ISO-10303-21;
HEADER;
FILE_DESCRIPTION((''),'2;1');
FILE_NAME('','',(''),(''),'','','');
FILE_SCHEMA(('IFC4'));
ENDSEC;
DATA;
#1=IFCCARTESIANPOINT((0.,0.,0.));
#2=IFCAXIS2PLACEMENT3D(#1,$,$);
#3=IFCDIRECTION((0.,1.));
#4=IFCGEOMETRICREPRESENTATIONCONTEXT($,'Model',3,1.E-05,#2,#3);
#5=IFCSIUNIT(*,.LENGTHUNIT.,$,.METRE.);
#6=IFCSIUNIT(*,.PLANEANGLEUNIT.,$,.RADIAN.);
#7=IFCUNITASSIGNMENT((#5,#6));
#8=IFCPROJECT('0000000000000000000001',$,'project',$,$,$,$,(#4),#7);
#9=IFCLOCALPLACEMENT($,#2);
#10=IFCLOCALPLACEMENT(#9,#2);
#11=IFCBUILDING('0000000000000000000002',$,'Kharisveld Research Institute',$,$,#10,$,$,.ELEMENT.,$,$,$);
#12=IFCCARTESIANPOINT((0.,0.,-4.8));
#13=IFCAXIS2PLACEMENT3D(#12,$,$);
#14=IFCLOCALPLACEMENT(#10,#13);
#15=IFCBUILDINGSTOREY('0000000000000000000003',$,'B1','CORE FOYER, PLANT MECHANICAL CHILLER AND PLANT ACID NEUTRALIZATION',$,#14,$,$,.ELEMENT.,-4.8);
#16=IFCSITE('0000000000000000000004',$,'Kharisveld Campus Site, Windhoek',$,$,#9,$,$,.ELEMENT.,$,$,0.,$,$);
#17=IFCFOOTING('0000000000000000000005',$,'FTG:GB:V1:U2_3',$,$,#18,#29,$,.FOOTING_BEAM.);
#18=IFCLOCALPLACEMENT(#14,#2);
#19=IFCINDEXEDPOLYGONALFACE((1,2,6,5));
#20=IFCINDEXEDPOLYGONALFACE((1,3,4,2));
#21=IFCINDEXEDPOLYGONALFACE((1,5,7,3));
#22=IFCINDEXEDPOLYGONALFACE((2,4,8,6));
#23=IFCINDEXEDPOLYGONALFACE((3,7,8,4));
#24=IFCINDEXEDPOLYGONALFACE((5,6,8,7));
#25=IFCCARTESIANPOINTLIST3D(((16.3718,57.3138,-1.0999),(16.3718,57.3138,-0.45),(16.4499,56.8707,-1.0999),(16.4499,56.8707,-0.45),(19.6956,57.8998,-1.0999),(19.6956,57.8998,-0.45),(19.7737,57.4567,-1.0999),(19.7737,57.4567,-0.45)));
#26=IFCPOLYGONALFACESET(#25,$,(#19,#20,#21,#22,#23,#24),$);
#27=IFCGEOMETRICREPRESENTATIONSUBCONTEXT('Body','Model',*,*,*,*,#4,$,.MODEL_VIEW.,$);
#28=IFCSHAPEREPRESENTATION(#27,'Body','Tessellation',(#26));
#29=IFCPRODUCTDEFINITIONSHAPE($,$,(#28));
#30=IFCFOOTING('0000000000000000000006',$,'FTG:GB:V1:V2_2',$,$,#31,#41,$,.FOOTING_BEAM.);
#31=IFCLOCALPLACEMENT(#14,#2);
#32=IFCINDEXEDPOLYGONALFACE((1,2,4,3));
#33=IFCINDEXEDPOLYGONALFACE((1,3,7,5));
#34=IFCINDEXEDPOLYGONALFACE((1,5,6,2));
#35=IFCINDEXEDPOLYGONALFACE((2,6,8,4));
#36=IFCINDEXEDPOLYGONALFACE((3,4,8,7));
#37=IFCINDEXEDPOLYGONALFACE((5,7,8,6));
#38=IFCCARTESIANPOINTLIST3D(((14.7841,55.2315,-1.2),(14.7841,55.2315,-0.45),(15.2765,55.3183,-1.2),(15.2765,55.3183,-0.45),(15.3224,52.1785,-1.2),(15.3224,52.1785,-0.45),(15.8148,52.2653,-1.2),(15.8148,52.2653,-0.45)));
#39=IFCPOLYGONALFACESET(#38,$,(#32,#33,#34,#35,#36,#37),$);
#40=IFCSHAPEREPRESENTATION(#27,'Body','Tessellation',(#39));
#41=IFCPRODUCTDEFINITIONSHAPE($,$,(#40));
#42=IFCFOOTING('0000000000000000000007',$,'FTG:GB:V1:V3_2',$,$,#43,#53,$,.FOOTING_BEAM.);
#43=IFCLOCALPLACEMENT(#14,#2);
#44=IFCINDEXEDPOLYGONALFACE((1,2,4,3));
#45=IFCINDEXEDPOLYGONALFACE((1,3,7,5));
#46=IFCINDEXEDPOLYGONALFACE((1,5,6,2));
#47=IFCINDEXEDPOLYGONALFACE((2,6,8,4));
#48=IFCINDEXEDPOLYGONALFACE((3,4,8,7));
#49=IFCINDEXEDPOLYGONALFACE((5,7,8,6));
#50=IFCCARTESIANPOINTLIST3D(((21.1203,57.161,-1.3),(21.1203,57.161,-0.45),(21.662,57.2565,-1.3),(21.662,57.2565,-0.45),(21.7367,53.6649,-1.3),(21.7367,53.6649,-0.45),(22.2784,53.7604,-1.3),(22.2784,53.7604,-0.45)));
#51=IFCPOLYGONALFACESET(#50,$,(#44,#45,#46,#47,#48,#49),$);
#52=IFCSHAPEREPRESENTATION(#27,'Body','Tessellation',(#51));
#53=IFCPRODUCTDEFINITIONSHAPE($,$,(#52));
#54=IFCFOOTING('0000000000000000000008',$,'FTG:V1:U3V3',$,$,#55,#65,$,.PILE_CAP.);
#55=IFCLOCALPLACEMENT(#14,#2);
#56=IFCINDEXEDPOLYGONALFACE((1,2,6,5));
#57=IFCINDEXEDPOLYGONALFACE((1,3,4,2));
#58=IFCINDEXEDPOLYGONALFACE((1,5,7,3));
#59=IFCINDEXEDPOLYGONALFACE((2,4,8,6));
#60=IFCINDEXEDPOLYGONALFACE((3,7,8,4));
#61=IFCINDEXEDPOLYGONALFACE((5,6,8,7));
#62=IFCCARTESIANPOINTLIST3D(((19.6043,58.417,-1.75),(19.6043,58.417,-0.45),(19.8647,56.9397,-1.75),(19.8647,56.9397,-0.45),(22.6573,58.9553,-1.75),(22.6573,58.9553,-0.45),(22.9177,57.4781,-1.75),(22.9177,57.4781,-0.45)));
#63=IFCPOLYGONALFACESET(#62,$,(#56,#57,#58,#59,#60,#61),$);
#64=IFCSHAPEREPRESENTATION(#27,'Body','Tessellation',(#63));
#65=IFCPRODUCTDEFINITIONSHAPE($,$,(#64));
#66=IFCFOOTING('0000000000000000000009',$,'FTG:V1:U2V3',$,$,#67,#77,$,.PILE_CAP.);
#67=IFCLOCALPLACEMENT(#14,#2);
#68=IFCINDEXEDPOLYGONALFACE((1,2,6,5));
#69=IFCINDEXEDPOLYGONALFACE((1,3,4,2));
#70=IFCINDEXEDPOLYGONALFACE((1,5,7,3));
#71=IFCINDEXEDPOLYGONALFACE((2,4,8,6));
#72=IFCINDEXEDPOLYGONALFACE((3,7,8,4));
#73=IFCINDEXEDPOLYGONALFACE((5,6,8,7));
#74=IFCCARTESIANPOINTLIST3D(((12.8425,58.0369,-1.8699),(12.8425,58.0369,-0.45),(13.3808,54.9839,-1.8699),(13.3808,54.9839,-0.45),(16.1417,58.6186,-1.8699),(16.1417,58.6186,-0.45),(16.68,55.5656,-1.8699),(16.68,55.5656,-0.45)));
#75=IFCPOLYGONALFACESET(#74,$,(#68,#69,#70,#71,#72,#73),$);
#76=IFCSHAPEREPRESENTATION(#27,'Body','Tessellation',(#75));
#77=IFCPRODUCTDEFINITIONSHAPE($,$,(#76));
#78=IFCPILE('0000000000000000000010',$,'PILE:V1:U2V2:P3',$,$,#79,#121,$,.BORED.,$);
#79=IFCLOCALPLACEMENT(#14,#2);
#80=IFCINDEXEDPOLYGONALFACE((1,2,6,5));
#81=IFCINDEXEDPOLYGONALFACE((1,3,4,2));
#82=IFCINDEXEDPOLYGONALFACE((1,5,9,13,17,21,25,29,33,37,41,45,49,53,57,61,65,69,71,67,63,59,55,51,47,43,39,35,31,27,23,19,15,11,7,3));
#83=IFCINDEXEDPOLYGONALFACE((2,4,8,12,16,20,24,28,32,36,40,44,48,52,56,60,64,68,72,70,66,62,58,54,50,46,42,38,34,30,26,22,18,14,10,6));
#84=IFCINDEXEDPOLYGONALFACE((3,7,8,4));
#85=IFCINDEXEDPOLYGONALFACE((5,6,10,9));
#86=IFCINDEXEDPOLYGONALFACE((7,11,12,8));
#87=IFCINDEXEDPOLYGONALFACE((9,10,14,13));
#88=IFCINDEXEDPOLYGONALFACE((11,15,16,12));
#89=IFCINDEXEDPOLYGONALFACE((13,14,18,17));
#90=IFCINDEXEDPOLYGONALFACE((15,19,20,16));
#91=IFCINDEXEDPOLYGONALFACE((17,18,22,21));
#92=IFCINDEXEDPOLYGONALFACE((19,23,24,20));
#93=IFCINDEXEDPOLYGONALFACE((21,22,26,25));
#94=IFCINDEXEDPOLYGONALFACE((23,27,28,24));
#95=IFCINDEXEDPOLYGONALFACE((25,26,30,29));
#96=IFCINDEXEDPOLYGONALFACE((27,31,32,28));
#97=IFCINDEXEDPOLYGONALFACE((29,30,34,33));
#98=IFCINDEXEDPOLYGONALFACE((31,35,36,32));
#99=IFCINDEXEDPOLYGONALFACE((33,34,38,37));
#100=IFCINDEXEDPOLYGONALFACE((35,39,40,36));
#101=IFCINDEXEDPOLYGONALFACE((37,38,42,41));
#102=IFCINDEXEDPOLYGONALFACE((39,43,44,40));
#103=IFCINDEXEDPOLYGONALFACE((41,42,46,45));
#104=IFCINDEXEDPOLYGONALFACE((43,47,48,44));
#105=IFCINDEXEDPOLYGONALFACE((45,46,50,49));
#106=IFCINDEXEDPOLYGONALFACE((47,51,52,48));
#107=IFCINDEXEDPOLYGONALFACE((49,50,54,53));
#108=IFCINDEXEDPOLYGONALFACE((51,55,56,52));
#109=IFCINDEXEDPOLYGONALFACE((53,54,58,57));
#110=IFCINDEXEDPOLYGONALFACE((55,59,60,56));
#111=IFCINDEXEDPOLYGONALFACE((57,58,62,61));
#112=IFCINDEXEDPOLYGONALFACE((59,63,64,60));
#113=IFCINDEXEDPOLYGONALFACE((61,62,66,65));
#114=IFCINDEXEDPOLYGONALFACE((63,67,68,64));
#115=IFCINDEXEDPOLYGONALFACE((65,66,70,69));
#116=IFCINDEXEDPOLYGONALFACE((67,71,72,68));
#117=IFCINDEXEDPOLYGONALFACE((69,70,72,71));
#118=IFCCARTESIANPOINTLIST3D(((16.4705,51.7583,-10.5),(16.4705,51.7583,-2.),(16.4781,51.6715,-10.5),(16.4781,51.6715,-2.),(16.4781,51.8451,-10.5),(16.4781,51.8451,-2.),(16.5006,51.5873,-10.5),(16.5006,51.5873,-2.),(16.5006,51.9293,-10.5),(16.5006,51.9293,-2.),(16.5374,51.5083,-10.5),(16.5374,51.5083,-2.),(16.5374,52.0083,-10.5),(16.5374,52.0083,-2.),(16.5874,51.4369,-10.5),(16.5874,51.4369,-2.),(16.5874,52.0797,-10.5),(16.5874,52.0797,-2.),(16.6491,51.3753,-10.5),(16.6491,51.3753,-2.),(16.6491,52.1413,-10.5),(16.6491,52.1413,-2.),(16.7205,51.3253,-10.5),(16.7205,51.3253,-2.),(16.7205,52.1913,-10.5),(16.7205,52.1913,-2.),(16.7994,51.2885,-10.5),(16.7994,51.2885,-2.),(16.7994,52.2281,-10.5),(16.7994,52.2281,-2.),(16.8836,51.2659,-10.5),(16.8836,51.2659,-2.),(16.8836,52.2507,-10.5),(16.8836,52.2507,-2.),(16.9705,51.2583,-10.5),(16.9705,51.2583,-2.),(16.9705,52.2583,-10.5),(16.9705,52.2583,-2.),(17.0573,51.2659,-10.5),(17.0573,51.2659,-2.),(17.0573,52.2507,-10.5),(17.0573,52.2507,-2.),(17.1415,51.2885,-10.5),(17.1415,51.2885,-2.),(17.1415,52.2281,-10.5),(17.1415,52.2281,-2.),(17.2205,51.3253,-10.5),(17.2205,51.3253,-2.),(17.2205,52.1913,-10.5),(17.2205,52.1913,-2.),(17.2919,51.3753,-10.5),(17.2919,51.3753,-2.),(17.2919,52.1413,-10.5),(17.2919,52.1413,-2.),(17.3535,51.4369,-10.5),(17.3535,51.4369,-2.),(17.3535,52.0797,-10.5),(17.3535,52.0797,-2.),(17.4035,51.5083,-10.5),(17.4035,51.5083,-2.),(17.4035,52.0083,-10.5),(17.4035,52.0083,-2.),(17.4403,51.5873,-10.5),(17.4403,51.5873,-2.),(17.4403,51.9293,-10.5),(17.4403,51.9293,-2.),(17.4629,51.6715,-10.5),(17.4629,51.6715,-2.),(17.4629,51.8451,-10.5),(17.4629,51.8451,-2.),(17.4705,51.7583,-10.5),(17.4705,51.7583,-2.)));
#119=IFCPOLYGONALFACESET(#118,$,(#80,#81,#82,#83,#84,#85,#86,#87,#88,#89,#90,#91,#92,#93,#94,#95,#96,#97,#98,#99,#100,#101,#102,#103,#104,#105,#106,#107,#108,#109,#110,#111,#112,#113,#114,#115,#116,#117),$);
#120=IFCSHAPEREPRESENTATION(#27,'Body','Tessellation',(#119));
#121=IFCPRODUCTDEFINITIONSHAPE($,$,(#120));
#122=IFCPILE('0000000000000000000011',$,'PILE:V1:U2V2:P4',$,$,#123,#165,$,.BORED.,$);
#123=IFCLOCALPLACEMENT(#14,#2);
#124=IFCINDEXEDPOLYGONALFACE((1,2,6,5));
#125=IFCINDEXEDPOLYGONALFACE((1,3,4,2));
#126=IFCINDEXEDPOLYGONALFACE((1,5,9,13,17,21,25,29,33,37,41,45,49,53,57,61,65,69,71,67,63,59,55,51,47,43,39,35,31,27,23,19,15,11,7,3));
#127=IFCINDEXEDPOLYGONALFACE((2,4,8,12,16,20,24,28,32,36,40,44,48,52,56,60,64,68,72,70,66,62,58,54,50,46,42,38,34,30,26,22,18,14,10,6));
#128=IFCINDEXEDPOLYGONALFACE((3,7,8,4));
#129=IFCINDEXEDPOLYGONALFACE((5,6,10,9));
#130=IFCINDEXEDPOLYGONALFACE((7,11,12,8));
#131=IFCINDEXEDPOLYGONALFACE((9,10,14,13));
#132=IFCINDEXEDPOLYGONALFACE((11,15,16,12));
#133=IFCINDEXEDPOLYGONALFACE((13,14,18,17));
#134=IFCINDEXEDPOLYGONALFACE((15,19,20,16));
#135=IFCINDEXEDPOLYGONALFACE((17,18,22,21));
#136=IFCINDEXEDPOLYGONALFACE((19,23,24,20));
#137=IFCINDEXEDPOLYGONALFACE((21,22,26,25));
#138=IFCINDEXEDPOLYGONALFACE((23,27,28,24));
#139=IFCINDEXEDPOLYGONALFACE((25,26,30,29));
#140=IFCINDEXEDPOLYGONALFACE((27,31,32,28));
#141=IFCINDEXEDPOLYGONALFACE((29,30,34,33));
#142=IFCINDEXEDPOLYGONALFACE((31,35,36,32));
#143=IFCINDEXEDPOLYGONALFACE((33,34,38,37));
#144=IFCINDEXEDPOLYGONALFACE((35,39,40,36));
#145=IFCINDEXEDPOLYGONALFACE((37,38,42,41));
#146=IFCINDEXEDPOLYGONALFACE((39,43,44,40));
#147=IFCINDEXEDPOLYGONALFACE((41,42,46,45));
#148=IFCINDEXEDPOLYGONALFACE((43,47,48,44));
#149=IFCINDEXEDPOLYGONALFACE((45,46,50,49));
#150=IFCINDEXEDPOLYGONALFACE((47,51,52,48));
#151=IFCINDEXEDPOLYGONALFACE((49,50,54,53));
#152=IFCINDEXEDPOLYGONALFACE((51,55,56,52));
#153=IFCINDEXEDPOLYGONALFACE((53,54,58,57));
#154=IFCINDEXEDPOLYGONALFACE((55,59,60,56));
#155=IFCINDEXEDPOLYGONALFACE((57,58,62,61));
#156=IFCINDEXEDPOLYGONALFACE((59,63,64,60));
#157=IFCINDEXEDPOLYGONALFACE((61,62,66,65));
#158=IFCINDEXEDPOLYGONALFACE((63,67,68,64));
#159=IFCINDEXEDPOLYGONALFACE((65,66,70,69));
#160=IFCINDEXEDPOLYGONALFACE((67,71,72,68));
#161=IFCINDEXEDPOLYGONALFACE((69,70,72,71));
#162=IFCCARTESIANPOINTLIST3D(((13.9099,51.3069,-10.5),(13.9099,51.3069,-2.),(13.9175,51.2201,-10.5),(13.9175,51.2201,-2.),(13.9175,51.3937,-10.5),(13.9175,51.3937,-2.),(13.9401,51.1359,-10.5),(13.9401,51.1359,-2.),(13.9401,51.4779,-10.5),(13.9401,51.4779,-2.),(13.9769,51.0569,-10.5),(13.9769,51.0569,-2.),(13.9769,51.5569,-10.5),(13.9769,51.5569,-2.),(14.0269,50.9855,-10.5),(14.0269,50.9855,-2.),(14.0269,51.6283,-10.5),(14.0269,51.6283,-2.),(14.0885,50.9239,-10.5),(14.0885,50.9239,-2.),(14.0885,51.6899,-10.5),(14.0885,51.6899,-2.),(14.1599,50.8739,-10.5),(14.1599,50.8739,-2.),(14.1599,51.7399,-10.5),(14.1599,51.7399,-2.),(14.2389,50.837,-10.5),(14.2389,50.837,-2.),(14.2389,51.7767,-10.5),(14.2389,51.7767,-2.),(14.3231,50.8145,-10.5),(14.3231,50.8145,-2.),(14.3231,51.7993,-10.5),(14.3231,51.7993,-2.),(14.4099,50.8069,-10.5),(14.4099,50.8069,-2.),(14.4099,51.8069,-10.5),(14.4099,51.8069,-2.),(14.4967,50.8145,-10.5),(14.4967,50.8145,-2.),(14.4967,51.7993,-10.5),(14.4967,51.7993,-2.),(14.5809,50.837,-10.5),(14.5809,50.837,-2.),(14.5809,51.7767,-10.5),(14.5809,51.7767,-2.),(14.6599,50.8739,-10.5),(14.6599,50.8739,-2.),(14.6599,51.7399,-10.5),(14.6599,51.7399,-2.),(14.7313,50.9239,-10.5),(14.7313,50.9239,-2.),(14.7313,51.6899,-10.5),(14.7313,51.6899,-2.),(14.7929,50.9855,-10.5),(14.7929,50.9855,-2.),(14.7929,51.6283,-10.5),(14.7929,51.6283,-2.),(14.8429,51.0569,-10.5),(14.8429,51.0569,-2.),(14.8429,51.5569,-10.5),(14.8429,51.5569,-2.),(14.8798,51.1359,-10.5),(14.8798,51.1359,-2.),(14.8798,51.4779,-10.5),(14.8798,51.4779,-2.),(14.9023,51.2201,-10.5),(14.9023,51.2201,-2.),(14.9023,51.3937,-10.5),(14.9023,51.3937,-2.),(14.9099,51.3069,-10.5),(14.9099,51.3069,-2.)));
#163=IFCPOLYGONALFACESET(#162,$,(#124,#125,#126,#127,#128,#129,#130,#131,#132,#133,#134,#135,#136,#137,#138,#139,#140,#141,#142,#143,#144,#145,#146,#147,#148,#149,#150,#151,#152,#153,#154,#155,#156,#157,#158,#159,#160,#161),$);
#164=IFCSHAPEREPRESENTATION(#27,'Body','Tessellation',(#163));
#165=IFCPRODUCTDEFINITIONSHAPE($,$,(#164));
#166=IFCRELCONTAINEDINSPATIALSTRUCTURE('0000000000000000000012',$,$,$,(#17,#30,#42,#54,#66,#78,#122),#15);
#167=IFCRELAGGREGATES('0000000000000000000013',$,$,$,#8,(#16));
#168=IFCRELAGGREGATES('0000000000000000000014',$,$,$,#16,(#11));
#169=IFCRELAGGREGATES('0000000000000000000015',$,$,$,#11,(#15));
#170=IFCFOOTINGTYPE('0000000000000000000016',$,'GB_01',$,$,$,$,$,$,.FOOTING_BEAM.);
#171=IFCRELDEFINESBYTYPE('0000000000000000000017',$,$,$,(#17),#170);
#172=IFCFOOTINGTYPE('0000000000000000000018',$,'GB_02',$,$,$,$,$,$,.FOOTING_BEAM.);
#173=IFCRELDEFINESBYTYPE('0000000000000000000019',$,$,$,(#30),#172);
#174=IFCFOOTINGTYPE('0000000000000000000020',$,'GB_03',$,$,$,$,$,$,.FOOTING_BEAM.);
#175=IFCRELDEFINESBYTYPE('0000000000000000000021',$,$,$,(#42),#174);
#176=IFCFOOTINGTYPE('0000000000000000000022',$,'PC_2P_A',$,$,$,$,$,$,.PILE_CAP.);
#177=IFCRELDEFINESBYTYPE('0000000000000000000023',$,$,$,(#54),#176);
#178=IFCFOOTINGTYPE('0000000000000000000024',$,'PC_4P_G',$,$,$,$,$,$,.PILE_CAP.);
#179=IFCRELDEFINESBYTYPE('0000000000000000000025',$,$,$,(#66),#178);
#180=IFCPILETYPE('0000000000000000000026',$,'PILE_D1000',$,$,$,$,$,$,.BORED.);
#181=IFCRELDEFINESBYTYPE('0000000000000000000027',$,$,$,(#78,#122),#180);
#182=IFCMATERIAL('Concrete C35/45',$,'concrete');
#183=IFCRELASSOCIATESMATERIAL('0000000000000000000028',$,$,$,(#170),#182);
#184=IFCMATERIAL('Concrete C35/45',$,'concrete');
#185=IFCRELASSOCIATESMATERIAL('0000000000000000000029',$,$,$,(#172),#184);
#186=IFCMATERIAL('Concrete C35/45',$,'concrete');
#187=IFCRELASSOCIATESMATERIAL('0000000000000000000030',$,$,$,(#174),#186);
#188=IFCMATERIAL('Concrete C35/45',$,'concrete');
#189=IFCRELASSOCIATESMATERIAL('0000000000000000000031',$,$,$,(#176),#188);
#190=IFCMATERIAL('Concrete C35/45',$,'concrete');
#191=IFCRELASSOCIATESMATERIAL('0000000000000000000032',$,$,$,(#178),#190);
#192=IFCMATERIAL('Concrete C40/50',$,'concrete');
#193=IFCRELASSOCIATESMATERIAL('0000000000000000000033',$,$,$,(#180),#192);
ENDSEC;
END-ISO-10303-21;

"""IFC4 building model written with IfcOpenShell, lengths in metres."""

from ifc_helpers import new_model, si_unit, direction, frame, origin, origin_2d, place, context, subcontext, project, spatial, rectangle, circle, extrude, material, material_profile, profile_set, type_object, element, save


model = new_model("IFC4")

# Units and contexts
model_context = context("Model", 3, precision=1e-05, world=origin(), true_north=direction((0.0, 1.0)))
body_context = subcontext(model_context, "Body", "Model", "MODEL_VIEW")
ifc_project = project(units=[si_unit("LENGTHUNIT", "METRE"), si_unit("PLANEANGLEUNIT", "RADIAN")], contexts=[model_context])

# Site, building, storey
site_placement = place(None, origin())
site = spatial("IfcSite", under=ifc_project, at=site_placement, Name="Kharisveld Campus Site, Windhoek", CompositionType="ELEMENT", RefElevation=0.0)
building_placement = place(site_placement, origin())
building = spatial("IfcBuilding", under=site, at=building_placement, Name="Kharisveld Research Institute", CompositionType="ELEMENT")
storey_placement = place(building_placement, frame((0.0, 0.0, -4.8)))
storey = spatial("IfcBuildingStorey", under=building, at=storey_placement, Name="B1", Description="CORE FOYER, PLANT MECHANICAL CHILLER AND PLANT ACID NEUTRALIZATION", CompositionType="ELEMENT", Elevation=-4.8)

# Footings
ifc_material_1 = material(Name="Concrete C35/45", Category="concrete")
ifc_material_profile_1 = material_profile(ifc_material_1, rectangle(XDim=0.45, YDim=0.6499, at=origin_2d()))
ifc_profile_set_1 = profile_set([ifc_material_profile_1], Name="Concrete C35/45")
footing_type_1 = type_object("IfcFootingType", Name="GB_01", PredefinedType="FOOTING_BEAM", material=ifc_profile_set_1)
footing_1_placement = place(storey_placement, frame((16.4109, 57.0923, -0.7749), z_axis=(0.984814, 0.173612, 0.0), x_axis=(-0.173612, 0.984814, 0.0)))
element("IfcFooting", 1, at=footing_1_placement, inside=storey, type_object=footing_type_1, Name="FTG:GB:V1:U2_3", PredefinedType="FOOTING_BEAM", context=body_context, shape_type="SweptSolid", body=[
    extrude(rectangle(XDim=0.45, YDim=0.6499, at=origin_2d()), origin(), (0.0, 0.0, 1.0), 3.375),
])
ifc_material_2 = material(Name="Concrete C35/45", Category="concrete")
ifc_material_profile_2 = material_profile(ifc_material_2, rectangle(XDim=0.5, YDim=0.75, at=origin_2d()))
ifc_profile_set_2 = profile_set([ifc_material_profile_2], Name="Concrete C35/45")
footing_type_2 = type_object("IfcFootingType", Name="GB_02", PredefinedType="FOOTING_BEAM", material=ifc_profile_set_2)
footing_2_placement = place(storey_placement, frame((15.5686, 52.2219, -0.825), z_axis=(-0.173651, 0.984807, 0.0), x_axis=(-0.984807, -0.173651, 0.0)))
element("IfcFooting", 2, at=footing_2_placement, inside=storey, type_object=footing_type_2, Name="FTG:GB:V1:V2_2", PredefinedType="FOOTING_BEAM", context=body_context, shape_type="SweptSolid", body=[
    extrude(rectangle(XDim=0.5, YDim=0.75, at=origin_2d()), origin(), (0.0, 0.0, 1.0), 3.1001),
])
ifc_material_3 = material(Name="Concrete C35/45", Category="concrete")
ifc_material_profile_3 = material_profile(ifc_material_3, rectangle(XDim=0.55, YDim=0.8501, at=origin_2d()))
ifc_profile_set_3 = profile_set([ifc_material_profile_3], Name="Concrete C35/45")
footing_type_3 = type_object("IfcFootingType", Name="GB_03", PredefinedType="FOOTING_BEAM", material=ifc_profile_set_3)
footing_3_placement = place(storey_placement, frame((22.0076, 53.7126, -0.875), z_axis=(-0.173648, 0.984808, 0.0), x_axis=(-0.984808, -0.173648, 0.0)))
element("IfcFooting", 3, at=footing_3_placement, inside=storey, type_object=footing_type_3, Name="FTG:GB:V1:V3_2", PredefinedType="FOOTING_BEAM", context=body_context, shape_type="SweptSolid", body=[
    extrude(rectangle(XDim=0.55, YDim=0.8501, at=origin_2d()), origin(), (0.0, 0.0, 1.0), 3.55),
])
ifc_material_4 = material(Name="Concrete C35/45", Category="concrete")
footing_type_4 = type_object("IfcFootingType", Name="PC_2P_A", PredefinedType="PILE_CAP", material=ifc_material_4)
footing_4_placement = place(storey_placement, frame((21.261, 57.9475, -1.75), z_axis=(0.0, 0.0, 1.0), x_axis=(0.984808, 0.173648, 0.0)))
element("IfcFooting", 4, at=footing_4_placement, inside=storey, type_object=footing_type_4, Name="FTG:V1:U3V3", PredefinedType="PILE_CAP", context=body_context, shape_type="SweptSolid", body=[
    extrude(rectangle(XDim=3.1001, YDim=1.5, at=origin_2d()), origin(), (0.0, 0.0, 1.0), 1.3),
])
ifc_material_5 = material(Name="Concrete C35/45", Category="concrete")
footing_type_5 = type_object("IfcFootingType", Name="PC_4P_G", PredefinedType="PILE_CAP", material=ifc_material_5)
footing_5_placement = place(storey_placement, frame((14.7612, 56.8013, -1.8699), z_axis=(0.0, 0.0, 1.0), x_axis=(0.984808, 0.173648, 0.0)))
element("IfcFooting", 5, at=footing_5_placement, inside=storey, type_object=footing_type_5, Name="FTG:V1:U2V3", PredefinedType="PILE_CAP", context=body_context, shape_type="SweptSolid", body=[
    extrude(rectangle(XDim=3.3501, YDim=3.1001, at=origin_2d()), origin(), (0.0, 0.0, 1.0), 1.4199),
])

# Piles
ifc_material_6 = material(Name="Concrete C40/50", Category="concrete")
ifc_material_profile_4 = material_profile(ifc_material_6, circle(Radius=0.5, at=origin_2d()))
ifc_profile_set_4 = profile_set([ifc_material_profile_4], Name="Concrete C40/50")
pile_type_1 = type_object("IfcPileType", Name="PILE_D1000", PredefinedType="BORED", material=ifc_profile_set_4)
for number, where, z_axis, x_axis, name in (
    (6, (16.9705, 51.7583, -2.0), (0.0, 0.0, -1.0), (1.0, 0.0, 0.0), "PILE:V1:U2V2:P3"),
    (7, (14.4099, 51.3069, -2.0), (0.0, 0.0, -1.0), (1.0, 0.0, 0.0), "PILE:V1:U2V2:P4"),
):
    element("IfcPile", number, at=place(storey_placement, frame(where, z_axis=z_axis, x_axis=x_axis)), inside=storey, type_object=pile_type_1, Name=name, PredefinedType="BORED", context=body_context, shape_type="SweptSolid", body=[
        extrude(circle(Radius=0.5, at=origin_2d()), origin(), (0.0, 0.0, 1.0), 8.5),
    ])

save(model, "model.ifc")
